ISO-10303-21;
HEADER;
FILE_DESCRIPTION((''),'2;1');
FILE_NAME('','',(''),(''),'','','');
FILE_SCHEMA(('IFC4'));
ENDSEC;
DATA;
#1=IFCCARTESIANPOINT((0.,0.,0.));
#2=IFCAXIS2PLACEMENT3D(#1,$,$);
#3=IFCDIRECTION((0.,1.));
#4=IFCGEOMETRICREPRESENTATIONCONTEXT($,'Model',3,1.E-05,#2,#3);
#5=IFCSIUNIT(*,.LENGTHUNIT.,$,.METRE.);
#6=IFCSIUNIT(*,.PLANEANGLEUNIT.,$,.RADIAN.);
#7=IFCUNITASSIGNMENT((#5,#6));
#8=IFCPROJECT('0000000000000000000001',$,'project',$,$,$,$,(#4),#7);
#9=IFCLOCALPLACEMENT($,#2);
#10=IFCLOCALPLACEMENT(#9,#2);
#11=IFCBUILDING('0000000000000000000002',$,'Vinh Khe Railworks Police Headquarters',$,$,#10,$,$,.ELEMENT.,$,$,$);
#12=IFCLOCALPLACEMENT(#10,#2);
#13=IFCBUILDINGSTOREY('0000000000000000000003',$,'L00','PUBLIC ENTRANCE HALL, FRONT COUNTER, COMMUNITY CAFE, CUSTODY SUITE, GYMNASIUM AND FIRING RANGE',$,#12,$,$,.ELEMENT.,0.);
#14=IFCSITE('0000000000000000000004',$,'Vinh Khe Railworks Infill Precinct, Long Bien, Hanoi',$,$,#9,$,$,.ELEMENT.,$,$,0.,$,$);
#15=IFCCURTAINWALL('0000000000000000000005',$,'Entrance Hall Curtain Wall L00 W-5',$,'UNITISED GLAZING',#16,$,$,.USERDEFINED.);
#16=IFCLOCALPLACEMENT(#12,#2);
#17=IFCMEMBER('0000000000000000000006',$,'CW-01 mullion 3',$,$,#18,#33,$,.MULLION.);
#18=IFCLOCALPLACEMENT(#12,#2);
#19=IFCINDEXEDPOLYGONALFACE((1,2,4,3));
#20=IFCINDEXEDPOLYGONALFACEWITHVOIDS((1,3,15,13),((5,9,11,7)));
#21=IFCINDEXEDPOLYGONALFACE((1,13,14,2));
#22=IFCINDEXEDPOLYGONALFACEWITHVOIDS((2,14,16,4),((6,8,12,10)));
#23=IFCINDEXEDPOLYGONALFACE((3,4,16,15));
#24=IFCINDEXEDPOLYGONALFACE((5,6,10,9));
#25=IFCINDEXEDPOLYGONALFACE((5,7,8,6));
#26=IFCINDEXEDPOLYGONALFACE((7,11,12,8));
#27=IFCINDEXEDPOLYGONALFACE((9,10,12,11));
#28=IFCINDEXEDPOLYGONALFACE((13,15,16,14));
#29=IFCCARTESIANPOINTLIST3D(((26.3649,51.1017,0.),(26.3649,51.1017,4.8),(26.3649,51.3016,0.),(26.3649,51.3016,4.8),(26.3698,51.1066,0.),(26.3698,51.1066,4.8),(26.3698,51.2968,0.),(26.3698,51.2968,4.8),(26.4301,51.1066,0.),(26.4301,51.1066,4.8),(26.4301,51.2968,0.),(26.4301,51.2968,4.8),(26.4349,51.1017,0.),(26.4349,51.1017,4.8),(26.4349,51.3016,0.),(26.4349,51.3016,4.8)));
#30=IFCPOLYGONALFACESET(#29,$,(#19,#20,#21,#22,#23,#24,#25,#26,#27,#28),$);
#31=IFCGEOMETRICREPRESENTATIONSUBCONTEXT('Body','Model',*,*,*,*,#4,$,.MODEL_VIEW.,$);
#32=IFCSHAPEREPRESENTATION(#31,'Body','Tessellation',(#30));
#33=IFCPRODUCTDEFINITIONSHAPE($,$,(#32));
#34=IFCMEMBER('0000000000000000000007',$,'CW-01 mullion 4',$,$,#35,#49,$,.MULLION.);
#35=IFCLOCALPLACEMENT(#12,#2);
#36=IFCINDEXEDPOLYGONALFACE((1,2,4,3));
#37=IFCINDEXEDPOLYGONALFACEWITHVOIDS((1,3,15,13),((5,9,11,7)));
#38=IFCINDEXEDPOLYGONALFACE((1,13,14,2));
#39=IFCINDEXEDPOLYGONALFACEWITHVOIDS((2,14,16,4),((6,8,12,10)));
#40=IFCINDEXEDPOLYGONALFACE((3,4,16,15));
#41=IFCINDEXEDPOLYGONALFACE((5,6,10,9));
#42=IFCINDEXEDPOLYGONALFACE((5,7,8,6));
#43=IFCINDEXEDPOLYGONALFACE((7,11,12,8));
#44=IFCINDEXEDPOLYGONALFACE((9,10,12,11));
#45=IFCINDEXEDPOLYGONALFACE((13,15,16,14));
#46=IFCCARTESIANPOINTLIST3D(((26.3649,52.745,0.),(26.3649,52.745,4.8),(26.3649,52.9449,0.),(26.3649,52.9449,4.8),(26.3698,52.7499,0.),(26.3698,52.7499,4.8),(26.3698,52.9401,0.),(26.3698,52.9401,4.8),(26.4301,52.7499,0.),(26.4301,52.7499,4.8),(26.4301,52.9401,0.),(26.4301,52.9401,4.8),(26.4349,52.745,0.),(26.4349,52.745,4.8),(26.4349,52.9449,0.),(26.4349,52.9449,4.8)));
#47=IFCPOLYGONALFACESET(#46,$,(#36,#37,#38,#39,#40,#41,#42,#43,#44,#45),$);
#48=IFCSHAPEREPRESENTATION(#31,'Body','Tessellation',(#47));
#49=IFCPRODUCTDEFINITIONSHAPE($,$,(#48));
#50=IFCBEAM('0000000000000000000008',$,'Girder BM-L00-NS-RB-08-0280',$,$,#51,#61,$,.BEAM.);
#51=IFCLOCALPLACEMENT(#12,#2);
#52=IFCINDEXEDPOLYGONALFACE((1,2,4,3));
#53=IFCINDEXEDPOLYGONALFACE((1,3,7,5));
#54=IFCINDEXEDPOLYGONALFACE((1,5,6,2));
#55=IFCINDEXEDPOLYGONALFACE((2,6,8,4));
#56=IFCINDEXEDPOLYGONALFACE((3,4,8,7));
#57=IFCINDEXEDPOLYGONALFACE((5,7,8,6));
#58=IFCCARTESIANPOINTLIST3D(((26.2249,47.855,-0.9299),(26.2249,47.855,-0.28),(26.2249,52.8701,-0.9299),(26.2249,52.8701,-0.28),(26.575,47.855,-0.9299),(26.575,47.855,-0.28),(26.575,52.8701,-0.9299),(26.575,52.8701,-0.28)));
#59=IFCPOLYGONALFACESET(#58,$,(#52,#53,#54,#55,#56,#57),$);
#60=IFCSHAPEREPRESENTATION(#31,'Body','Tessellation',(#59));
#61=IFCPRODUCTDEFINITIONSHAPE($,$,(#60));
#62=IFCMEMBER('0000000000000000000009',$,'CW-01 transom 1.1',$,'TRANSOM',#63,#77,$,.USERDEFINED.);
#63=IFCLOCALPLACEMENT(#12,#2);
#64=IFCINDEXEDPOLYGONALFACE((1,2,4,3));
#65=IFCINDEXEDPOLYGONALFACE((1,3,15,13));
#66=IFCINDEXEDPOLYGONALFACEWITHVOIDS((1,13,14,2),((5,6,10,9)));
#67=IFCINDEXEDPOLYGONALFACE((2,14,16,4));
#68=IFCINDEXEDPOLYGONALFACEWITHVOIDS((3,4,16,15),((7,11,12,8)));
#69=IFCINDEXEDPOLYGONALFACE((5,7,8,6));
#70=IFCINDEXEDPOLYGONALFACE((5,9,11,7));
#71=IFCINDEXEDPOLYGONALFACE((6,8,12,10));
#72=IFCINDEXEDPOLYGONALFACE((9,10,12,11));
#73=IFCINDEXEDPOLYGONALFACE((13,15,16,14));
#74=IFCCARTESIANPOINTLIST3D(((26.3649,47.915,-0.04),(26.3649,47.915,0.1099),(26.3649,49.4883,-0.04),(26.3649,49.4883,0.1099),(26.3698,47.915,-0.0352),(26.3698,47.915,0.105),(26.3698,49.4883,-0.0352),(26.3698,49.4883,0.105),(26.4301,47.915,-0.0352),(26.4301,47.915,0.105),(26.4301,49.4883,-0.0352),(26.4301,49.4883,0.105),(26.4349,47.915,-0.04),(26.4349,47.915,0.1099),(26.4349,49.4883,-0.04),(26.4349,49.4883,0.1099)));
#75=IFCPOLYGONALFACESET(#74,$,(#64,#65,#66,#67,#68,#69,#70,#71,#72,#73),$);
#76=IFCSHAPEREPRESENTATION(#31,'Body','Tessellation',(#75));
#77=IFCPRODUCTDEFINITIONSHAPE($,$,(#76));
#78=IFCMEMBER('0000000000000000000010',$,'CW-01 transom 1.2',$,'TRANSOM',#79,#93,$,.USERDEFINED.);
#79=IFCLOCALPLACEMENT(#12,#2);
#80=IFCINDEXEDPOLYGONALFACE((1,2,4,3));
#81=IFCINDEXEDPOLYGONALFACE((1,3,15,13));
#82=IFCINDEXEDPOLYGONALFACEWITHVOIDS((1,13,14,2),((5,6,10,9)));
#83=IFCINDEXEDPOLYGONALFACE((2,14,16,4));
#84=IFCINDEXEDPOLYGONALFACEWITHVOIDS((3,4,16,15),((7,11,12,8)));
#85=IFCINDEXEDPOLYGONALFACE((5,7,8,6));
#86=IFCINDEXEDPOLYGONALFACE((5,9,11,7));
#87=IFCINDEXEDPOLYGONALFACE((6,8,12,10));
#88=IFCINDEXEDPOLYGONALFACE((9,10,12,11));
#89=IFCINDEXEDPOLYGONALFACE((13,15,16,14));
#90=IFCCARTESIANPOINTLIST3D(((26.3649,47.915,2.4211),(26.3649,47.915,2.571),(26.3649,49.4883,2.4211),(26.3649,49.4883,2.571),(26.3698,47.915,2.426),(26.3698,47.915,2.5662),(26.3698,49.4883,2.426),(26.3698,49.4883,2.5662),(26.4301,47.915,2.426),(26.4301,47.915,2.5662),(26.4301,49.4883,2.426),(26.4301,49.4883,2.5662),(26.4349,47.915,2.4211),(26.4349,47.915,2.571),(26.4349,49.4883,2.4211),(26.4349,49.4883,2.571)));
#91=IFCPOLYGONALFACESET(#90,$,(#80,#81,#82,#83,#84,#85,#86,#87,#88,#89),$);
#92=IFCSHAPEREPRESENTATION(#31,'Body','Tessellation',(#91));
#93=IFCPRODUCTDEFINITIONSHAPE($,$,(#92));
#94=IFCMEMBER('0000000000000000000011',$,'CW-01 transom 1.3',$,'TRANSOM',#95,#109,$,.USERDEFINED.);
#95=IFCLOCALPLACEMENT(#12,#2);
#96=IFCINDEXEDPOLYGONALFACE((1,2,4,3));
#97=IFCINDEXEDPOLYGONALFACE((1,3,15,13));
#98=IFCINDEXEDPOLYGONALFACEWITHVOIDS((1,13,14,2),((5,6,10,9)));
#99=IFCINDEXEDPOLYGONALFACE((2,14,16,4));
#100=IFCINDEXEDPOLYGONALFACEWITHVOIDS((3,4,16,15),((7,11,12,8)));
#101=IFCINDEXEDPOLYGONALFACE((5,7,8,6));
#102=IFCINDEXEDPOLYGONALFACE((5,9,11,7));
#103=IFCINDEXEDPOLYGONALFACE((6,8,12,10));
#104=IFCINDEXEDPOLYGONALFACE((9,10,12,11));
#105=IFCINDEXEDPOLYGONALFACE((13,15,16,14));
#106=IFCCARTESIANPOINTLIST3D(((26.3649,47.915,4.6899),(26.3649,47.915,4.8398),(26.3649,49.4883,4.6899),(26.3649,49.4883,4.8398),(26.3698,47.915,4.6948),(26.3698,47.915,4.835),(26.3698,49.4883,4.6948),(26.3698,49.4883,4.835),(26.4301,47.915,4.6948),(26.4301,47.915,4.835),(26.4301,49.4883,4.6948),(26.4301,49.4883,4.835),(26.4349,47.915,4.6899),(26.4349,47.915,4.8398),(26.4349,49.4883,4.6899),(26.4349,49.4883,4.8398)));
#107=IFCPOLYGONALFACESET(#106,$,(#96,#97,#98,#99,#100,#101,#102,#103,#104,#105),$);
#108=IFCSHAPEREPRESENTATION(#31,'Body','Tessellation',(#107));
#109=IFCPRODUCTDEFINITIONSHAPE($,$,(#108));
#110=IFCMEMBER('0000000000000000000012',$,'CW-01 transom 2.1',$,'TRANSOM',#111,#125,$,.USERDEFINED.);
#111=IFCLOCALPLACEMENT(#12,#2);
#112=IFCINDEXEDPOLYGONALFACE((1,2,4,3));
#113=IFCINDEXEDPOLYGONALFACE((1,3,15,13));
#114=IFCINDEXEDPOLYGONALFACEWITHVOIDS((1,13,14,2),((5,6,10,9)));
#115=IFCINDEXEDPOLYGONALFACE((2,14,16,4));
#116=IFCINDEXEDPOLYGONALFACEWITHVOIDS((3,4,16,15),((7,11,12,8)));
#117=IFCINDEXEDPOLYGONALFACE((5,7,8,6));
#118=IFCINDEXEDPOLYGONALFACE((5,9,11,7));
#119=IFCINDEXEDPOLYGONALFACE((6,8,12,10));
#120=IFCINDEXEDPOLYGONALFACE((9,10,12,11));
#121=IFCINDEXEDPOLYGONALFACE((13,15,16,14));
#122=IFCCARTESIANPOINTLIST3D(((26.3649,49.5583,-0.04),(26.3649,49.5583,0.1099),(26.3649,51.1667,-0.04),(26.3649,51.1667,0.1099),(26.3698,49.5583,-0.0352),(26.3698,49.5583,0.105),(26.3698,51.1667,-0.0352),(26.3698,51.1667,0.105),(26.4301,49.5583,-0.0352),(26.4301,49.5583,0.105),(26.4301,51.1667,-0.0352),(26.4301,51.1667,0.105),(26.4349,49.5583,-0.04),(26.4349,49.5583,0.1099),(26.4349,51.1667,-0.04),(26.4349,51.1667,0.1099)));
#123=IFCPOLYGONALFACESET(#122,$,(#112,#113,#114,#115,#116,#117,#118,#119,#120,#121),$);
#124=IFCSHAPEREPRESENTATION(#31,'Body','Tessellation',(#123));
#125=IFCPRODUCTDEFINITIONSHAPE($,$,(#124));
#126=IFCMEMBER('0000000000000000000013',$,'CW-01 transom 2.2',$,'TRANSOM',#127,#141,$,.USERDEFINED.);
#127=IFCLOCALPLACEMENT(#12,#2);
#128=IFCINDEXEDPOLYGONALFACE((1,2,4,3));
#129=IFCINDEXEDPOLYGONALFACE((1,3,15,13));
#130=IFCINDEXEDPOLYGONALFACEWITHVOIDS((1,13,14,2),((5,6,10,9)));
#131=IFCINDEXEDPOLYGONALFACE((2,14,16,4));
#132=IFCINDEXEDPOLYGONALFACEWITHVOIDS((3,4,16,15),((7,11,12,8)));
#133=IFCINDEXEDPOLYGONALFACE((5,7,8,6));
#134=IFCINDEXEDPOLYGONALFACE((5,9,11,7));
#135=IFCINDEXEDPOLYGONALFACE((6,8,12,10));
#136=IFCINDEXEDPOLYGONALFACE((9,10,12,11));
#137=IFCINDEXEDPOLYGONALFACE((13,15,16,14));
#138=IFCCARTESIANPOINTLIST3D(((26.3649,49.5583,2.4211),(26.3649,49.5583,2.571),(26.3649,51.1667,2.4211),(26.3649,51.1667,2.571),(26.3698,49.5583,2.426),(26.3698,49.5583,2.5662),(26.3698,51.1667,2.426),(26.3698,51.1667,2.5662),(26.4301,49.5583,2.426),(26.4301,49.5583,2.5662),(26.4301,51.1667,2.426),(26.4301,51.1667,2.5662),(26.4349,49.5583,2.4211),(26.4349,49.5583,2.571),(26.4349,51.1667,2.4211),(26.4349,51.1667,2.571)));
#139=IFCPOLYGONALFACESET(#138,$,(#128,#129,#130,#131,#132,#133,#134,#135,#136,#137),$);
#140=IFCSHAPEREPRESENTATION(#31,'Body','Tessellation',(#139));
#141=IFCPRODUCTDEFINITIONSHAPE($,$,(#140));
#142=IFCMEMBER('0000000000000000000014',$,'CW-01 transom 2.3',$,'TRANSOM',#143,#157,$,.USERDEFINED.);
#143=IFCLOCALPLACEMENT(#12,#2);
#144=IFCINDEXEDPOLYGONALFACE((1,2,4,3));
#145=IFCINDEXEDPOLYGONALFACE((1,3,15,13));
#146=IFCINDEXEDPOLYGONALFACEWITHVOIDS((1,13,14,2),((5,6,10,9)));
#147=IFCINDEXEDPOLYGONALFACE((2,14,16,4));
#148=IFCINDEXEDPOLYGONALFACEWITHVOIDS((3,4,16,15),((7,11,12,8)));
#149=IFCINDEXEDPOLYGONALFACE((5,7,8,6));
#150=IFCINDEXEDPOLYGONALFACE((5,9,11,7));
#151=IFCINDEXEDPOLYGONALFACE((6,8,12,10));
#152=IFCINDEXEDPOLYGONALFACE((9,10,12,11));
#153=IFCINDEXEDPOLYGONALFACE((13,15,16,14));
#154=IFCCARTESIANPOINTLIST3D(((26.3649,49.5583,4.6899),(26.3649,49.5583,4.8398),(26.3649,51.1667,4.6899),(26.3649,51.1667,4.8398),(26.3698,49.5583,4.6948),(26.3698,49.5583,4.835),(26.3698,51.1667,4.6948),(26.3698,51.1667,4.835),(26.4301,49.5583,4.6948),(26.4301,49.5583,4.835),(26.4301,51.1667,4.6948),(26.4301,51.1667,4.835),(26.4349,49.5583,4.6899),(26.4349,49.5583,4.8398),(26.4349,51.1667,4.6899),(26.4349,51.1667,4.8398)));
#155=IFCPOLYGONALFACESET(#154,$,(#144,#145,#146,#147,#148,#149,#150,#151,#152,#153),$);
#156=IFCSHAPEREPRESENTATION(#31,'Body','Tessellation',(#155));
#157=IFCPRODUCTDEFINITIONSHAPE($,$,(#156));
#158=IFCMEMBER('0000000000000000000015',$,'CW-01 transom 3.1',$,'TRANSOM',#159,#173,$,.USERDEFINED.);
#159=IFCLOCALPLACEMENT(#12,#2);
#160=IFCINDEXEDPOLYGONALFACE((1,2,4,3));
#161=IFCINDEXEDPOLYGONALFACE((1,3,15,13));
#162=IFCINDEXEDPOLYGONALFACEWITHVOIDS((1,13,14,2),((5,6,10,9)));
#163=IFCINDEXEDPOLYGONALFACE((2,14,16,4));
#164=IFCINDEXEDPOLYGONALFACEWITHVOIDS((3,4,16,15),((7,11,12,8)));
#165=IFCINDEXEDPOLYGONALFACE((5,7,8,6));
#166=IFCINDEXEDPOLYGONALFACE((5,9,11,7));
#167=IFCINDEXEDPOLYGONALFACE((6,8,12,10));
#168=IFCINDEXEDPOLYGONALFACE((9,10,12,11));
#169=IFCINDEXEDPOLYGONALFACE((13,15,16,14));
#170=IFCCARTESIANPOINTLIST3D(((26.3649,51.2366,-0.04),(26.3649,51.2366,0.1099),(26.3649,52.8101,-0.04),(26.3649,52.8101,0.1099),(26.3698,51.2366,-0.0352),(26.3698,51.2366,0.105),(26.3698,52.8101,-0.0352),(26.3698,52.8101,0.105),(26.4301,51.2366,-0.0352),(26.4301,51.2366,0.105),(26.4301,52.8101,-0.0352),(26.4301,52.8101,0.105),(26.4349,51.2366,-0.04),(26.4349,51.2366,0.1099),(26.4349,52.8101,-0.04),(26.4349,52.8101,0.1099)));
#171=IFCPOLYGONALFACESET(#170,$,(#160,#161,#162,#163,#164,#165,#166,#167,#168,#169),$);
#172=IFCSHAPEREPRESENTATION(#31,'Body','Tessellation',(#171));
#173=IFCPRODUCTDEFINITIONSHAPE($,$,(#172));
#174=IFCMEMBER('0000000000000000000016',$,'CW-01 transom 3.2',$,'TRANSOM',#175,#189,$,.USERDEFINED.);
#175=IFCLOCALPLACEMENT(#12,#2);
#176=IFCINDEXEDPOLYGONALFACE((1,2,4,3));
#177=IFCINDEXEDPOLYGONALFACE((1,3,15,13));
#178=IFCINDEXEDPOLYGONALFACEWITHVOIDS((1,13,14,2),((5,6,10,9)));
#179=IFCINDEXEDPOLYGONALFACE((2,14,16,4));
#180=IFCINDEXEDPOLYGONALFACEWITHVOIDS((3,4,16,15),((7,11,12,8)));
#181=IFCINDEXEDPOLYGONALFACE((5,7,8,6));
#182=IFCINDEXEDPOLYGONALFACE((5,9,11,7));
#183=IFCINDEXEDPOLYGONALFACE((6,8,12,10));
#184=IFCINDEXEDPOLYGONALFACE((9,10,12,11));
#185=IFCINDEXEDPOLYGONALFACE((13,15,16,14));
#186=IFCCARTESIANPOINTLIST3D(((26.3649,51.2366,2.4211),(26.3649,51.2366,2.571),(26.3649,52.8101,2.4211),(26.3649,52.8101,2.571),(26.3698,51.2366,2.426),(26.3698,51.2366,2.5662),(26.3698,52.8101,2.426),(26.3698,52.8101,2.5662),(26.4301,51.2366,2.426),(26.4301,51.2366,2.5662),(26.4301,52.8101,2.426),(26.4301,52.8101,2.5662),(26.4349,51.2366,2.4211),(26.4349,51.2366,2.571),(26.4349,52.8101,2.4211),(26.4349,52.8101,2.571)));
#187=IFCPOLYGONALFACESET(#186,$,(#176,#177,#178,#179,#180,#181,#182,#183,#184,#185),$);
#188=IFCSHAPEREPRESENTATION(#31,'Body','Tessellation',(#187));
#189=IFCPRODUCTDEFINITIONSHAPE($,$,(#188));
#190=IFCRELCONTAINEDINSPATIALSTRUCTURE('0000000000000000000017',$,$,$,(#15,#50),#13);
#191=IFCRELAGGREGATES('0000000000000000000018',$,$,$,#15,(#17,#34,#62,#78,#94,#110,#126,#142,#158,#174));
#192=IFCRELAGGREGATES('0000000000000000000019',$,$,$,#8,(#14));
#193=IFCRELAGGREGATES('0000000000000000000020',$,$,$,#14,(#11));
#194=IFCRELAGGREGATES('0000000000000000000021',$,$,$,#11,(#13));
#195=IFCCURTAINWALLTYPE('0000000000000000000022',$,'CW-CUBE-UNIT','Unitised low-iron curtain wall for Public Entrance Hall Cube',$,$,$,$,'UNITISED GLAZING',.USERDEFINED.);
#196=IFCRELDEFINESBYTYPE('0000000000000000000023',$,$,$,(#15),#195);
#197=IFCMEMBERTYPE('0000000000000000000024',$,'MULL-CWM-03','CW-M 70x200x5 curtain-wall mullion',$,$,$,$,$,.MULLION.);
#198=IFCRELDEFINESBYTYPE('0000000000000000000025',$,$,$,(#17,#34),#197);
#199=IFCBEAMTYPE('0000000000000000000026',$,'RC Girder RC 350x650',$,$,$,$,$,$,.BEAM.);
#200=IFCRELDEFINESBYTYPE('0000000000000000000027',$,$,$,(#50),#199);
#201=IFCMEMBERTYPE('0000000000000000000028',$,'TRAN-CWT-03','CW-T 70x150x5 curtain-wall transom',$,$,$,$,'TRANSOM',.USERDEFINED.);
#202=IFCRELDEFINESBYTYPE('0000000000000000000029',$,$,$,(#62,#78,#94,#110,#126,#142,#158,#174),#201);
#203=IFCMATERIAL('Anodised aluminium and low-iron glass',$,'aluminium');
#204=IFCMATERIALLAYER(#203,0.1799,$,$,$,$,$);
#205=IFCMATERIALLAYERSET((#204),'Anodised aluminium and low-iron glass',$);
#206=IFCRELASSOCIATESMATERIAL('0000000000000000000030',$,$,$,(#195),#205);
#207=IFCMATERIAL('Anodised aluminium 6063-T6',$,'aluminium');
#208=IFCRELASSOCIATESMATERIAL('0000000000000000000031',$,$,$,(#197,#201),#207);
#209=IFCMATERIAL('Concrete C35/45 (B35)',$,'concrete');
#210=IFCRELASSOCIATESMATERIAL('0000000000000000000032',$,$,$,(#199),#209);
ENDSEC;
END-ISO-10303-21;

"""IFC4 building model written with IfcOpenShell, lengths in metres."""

from ifc_helpers import new_model, si_unit, direction, frame, origin, origin_2d, place, context, subcontext, project, spatial, rectangle, hollow_rectangle, extrude, material, layer, layer_set, material_profile, profile_set, type_object, element, aggregate, save


model = new_model("IFC4")

# Units and contexts
model_context = context("Model", 3, precision=1e-05, world=origin(), true_north=direction((0.0, 1.0)))
body_context = subcontext(model_context, "Body", "Model", "MODEL_VIEW")
ifc_project = project(units=[si_unit("LENGTHUNIT", "METRE"), si_unit("PLANEANGLEUNIT", "RADIAN")], contexts=[model_context])

# Site, building, storey
site_placement = place(None, origin())
site = spatial("IfcSite", under=ifc_project, at=site_placement, Name="Vinh Khe Railworks Infill Precinct, Long Bien, Hanoi", CompositionType="ELEMENT", RefElevation=0.0)
building_placement = place(site_placement, origin())
building = spatial("IfcBuilding", under=site, at=building_placement, Name="Vinh Khe Railworks Police Headquarters", CompositionType="ELEMENT")
storey_placement = place(building_placement, origin())
storey = spatial("IfcBuildingStorey", under=building, at=storey_placement, Name="L00", Description="PUBLIC ENTRANCE HALL, FRONT COUNTER, COMMUNITY CAFE, CUSTODY SUITE, GYMNASIUM AND FIRING RANGE", CompositionType="ELEMENT", Elevation=0.0)

# Curtain wall, members
ifc_material_1 = material(Name="Anodised aluminium and low-iron glass", Category="aluminium")
ifc_layer_1 = layer(ifc_material_1, 0.1799)
ifc_layer_set_1 = layer_set([ifc_layer_1], Name="Anodised aluminium and low-iron glass")
curtain_wall_type = type_object("IfcCurtainWallType", Name="CW-CUBE-UNIT", Description="Unitised low-iron curtain wall for Public Entrance Hall Cube", ElementType="UNITISED GLAZING", PredefinedType="USERDEFINED", material=ifc_layer_set_1)
curtain_wall_placement = place(storey_placement, origin())
curtain_wall = element("IfcCurtainWall", 1, at=curtain_wall_placement, inside=storey, type_object=curtain_wall_type, Name="Entrance Hall Curtain Wall L00 W-5", ObjectType="UNITISED GLAZING", PredefinedType="USERDEFINED")
ifc_material_2 = material(Name="Anodised aluminium 6063-T6", Category="aluminium")
ifc_material_profile_1 = material_profile(ifc_material_2, hollow_rectangle(XDim=0.0701, YDim=0.2, WallThickness=0.0049, at=origin_2d()), Name="CW-M 70x200x5")
ifc_profile_set_1 = profile_set([ifc_material_profile_1], Name="Anodised aluminium 6063-T6")
member_type_1 = type_object("IfcMemberType", Name="MULL-CWM-03", Description="CW-M 70x200x5 curtain-wall mullion", PredefinedType="MULLION", material=ifc_profile_set_1)
member_1_placement = place(storey_placement, frame((26.3999, 51.2017, 0.0), z_axis=(0.0, 0.0, 1.0), x_axis=(-1.0, 0.0, 0.0)))
member_1 = element("IfcMember", 2, at=member_1_placement, type_object=member_type_1, Name="CW-01 mullion 3", PredefinedType="MULLION", context=body_context, shape_type="SweptSolid", body=[
    extrude(hollow_rectangle(XDim=0.0701, YDim=0.2, WallThickness=0.0049, at=origin_2d()), origin(), (0.0, 0.0, 1.0), 4.8),
])
member_2_placement = place(storey_placement, frame((26.3999, 52.845, 0.0), z_axis=(0.0, 0.0, 1.0), x_axis=(-1.0, 0.0, 0.0)))
member_2 = element("IfcMember", 3, at=member_2_placement, type_object=member_type_1, Name="CW-01 mullion 4", PredefinedType="MULLION", context=body_context, shape_type="SweptSolid", body=[
    extrude(hollow_rectangle(XDim=0.0701, YDim=0.2, WallThickness=0.0049, at=origin_2d()), origin(), (0.0, 0.0, 1.0), 4.8),
])

# Beam
ifc_material_3 = material(Name="Concrete C35/45 (B35)", Category="concrete")
ifc_material_profile_2 = material_profile(ifc_material_3, rectangle(XDim=0.3501, YDim=0.6499, at=origin_2d()), Name="RC 350x650")
ifc_profile_set_2 = profile_set([ifc_material_profile_2], Name="Concrete C35/45 (B35)")
beam_type = type_object("IfcBeamType", Name="RC Girder RC 350x650", PredefinedType="BEAM", material=ifc_profile_set_2)
beam_placement = place(storey_placement, frame((26.3999, 47.855, -0.605), z_axis=(0.0, 1.0, 0.0), x_axis=(-1.0, 0.0, 0.0)))
element("IfcBeam", 4, at=beam_placement, inside=storey, type_object=beam_type, Name="Girder BM-L00-NS-RB-08-0280", PredefinedType="BEAM", context=body_context, shape_type="SweptSolid", body=[
    extrude(rectangle(XDim=0.3501, YDim=0.6499, at=origin_2d()), origin(), (0.0, 0.0, 1.0), 5.0151),
])

# Members
ifc_material_profile_3 = material_profile(ifc_material_2, hollow_rectangle(XDim=0.0701, YDim=0.1499, WallThickness=0.0049, at=origin_2d()), Name="CW-T 70x150x5")
ifc_profile_set_3 = profile_set([ifc_material_profile_3], Name="Anodised aluminium 6063-T6")
member_type_2 = type_object("IfcMemberType", Name="TRAN-CWT-03", Description="CW-T 70x150x5 curtain-wall transom", ElementType="TRANSOM", PredefinedType="USERDEFINED", material=ifc_profile_set_3)
member_3_placement = place(storey_placement, frame((26.3999, 47.915, 0.0349), z_axis=(0.0, 1.0, 0.0), x_axis=(-1.0, 0.0, 0.0)))
member_3 = element("IfcMember", 5, at=member_3_placement, type_object=member_type_2, Name="CW-01 transom 1.1", ObjectType="TRANSOM", PredefinedType="USERDEFINED", context=body_context, shape_type="SweptSolid", body=[
    extrude(hollow_rectangle(XDim=0.0701, YDim=0.1499, WallThickness=0.0049, at=origin_2d()), origin(), (0.0, 0.0, 1.0), 1.5732),
])
member_4_placement = place(storey_placement, frame((26.3999, 47.915, 2.4961), z_axis=(0.0, 1.0, 0.0), x_axis=(-1.0, 0.0, 0.0)))
member_4 = element("IfcMember", 6, at=member_4_placement, type_object=member_type_2, Name="CW-01 transom 1.2", ObjectType="TRANSOM", PredefinedType="USERDEFINED", context=body_context, shape_type="SweptSolid", body=[
    extrude(hollow_rectangle(XDim=0.0701, YDim=0.1499, WallThickness=0.0049, at=origin_2d()), origin(), (0.0, 0.0, 1.0), 1.5732),
])
member_5_placement = place(storey_placement, frame((26.3999, 47.915, 4.7649), z_axis=(0.0, 1.0, 0.0), x_axis=(-1.0, 0.0, 0.0)))
member_5 = element("IfcMember", 7, at=member_5_placement, type_object=member_type_2, Name="CW-01 transom 1.3", ObjectType="TRANSOM", PredefinedType="USERDEFINED", context=body_context, shape_type="SweptSolid", body=[
    extrude(hollow_rectangle(XDim=0.0701, YDim=0.1499, WallThickness=0.0049, at=origin_2d()), origin(), (0.0, 0.0, 1.0), 1.5732),
])
member_6_placement = place(storey_placement, frame((26.3999, 49.5583, 0.0349), z_axis=(0.0, 1.0, 0.0), x_axis=(-1.0, 0.0, 0.0)))
member_6 = element("IfcMember", 8, at=member_6_placement, type_object=member_type_2, Name="CW-01 transom 2.1", ObjectType="TRANSOM", PredefinedType="USERDEFINED", context=body_context, shape_type="SweptSolid", body=[
    extrude(hollow_rectangle(XDim=0.0701, YDim=0.1499, WallThickness=0.0049, at=origin_2d()), origin(), (0.0, 0.0, 1.0), 1.6084),
])
member_7_placement = place(storey_placement, frame((26.3999, 49.5583, 2.4961), z_axis=(0.0, 1.0, 0.0), x_axis=(-1.0, 0.0, 0.0)))
member_7 = element("IfcMember", 9, at=member_7_placement, type_object=member_type_2, Name="CW-01 transom 2.2", ObjectType="TRANSOM", PredefinedType="USERDEFINED", context=body_context, shape_type="SweptSolid", body=[
    extrude(hollow_rectangle(XDim=0.0701, YDim=0.1499, WallThickness=0.0049, at=origin_2d()), origin(), (0.0, 0.0, 1.0), 1.6084),
])
member_8_placement = place(storey_placement, frame((26.3999, 49.5583, 4.7649), z_axis=(0.0, 1.0, 0.0), x_axis=(-1.0, 0.0, 0.0)))
member_8 = element("IfcMember", 10, at=member_8_placement, type_object=member_type_2, Name="CW-01 transom 2.3", ObjectType="TRANSOM", PredefinedType="USERDEFINED", context=body_context, shape_type="SweptSolid", body=[
    extrude(hollow_rectangle(XDim=0.0701, YDim=0.1499, WallThickness=0.0049, at=origin_2d()), origin(), (0.0, 0.0, 1.0), 1.6084),
])
member_9_placement = place(storey_placement, frame((26.3999, 51.2366, 0.0349), z_axis=(0.0, 1.0, 0.0), x_axis=(-1.0, 0.0, 0.0)))
member_9 = element("IfcMember", 11, at=member_9_placement, type_object=member_type_2, Name="CW-01 transom 3.1", ObjectType="TRANSOM", PredefinedType="USERDEFINED", context=body_context, shape_type="SweptSolid", body=[
    extrude(hollow_rectangle(XDim=0.0701, YDim=0.1499, WallThickness=0.0049, at=origin_2d()), origin(), (0.0, 0.0, 1.0), 1.5735),
])
member_10_placement = place(storey_placement, frame((26.3999, 51.2366, 2.4961), z_axis=(0.0, 1.0, 0.0), x_axis=(-1.0, 0.0, 0.0)))
member_10 = element("IfcMember", 12, at=member_10_placement, type_object=member_type_2, Name="CW-01 transom 3.2", ObjectType="TRANSOM", PredefinedType="USERDEFINED", context=body_context, shape_type="SweptSolid", body=[
    extrude(hollow_rectangle(XDim=0.0701, YDim=0.1499, WallThickness=0.0049, at=origin_2d()), origin(), (0.0, 0.0, 1.0), 1.5735),
])

aggregate(curtain_wall, [member_1, member_2, member_3, member_4, member_5, member_6, member_7, member_8, member_9, member_10])

save(model, "model.ifc")
